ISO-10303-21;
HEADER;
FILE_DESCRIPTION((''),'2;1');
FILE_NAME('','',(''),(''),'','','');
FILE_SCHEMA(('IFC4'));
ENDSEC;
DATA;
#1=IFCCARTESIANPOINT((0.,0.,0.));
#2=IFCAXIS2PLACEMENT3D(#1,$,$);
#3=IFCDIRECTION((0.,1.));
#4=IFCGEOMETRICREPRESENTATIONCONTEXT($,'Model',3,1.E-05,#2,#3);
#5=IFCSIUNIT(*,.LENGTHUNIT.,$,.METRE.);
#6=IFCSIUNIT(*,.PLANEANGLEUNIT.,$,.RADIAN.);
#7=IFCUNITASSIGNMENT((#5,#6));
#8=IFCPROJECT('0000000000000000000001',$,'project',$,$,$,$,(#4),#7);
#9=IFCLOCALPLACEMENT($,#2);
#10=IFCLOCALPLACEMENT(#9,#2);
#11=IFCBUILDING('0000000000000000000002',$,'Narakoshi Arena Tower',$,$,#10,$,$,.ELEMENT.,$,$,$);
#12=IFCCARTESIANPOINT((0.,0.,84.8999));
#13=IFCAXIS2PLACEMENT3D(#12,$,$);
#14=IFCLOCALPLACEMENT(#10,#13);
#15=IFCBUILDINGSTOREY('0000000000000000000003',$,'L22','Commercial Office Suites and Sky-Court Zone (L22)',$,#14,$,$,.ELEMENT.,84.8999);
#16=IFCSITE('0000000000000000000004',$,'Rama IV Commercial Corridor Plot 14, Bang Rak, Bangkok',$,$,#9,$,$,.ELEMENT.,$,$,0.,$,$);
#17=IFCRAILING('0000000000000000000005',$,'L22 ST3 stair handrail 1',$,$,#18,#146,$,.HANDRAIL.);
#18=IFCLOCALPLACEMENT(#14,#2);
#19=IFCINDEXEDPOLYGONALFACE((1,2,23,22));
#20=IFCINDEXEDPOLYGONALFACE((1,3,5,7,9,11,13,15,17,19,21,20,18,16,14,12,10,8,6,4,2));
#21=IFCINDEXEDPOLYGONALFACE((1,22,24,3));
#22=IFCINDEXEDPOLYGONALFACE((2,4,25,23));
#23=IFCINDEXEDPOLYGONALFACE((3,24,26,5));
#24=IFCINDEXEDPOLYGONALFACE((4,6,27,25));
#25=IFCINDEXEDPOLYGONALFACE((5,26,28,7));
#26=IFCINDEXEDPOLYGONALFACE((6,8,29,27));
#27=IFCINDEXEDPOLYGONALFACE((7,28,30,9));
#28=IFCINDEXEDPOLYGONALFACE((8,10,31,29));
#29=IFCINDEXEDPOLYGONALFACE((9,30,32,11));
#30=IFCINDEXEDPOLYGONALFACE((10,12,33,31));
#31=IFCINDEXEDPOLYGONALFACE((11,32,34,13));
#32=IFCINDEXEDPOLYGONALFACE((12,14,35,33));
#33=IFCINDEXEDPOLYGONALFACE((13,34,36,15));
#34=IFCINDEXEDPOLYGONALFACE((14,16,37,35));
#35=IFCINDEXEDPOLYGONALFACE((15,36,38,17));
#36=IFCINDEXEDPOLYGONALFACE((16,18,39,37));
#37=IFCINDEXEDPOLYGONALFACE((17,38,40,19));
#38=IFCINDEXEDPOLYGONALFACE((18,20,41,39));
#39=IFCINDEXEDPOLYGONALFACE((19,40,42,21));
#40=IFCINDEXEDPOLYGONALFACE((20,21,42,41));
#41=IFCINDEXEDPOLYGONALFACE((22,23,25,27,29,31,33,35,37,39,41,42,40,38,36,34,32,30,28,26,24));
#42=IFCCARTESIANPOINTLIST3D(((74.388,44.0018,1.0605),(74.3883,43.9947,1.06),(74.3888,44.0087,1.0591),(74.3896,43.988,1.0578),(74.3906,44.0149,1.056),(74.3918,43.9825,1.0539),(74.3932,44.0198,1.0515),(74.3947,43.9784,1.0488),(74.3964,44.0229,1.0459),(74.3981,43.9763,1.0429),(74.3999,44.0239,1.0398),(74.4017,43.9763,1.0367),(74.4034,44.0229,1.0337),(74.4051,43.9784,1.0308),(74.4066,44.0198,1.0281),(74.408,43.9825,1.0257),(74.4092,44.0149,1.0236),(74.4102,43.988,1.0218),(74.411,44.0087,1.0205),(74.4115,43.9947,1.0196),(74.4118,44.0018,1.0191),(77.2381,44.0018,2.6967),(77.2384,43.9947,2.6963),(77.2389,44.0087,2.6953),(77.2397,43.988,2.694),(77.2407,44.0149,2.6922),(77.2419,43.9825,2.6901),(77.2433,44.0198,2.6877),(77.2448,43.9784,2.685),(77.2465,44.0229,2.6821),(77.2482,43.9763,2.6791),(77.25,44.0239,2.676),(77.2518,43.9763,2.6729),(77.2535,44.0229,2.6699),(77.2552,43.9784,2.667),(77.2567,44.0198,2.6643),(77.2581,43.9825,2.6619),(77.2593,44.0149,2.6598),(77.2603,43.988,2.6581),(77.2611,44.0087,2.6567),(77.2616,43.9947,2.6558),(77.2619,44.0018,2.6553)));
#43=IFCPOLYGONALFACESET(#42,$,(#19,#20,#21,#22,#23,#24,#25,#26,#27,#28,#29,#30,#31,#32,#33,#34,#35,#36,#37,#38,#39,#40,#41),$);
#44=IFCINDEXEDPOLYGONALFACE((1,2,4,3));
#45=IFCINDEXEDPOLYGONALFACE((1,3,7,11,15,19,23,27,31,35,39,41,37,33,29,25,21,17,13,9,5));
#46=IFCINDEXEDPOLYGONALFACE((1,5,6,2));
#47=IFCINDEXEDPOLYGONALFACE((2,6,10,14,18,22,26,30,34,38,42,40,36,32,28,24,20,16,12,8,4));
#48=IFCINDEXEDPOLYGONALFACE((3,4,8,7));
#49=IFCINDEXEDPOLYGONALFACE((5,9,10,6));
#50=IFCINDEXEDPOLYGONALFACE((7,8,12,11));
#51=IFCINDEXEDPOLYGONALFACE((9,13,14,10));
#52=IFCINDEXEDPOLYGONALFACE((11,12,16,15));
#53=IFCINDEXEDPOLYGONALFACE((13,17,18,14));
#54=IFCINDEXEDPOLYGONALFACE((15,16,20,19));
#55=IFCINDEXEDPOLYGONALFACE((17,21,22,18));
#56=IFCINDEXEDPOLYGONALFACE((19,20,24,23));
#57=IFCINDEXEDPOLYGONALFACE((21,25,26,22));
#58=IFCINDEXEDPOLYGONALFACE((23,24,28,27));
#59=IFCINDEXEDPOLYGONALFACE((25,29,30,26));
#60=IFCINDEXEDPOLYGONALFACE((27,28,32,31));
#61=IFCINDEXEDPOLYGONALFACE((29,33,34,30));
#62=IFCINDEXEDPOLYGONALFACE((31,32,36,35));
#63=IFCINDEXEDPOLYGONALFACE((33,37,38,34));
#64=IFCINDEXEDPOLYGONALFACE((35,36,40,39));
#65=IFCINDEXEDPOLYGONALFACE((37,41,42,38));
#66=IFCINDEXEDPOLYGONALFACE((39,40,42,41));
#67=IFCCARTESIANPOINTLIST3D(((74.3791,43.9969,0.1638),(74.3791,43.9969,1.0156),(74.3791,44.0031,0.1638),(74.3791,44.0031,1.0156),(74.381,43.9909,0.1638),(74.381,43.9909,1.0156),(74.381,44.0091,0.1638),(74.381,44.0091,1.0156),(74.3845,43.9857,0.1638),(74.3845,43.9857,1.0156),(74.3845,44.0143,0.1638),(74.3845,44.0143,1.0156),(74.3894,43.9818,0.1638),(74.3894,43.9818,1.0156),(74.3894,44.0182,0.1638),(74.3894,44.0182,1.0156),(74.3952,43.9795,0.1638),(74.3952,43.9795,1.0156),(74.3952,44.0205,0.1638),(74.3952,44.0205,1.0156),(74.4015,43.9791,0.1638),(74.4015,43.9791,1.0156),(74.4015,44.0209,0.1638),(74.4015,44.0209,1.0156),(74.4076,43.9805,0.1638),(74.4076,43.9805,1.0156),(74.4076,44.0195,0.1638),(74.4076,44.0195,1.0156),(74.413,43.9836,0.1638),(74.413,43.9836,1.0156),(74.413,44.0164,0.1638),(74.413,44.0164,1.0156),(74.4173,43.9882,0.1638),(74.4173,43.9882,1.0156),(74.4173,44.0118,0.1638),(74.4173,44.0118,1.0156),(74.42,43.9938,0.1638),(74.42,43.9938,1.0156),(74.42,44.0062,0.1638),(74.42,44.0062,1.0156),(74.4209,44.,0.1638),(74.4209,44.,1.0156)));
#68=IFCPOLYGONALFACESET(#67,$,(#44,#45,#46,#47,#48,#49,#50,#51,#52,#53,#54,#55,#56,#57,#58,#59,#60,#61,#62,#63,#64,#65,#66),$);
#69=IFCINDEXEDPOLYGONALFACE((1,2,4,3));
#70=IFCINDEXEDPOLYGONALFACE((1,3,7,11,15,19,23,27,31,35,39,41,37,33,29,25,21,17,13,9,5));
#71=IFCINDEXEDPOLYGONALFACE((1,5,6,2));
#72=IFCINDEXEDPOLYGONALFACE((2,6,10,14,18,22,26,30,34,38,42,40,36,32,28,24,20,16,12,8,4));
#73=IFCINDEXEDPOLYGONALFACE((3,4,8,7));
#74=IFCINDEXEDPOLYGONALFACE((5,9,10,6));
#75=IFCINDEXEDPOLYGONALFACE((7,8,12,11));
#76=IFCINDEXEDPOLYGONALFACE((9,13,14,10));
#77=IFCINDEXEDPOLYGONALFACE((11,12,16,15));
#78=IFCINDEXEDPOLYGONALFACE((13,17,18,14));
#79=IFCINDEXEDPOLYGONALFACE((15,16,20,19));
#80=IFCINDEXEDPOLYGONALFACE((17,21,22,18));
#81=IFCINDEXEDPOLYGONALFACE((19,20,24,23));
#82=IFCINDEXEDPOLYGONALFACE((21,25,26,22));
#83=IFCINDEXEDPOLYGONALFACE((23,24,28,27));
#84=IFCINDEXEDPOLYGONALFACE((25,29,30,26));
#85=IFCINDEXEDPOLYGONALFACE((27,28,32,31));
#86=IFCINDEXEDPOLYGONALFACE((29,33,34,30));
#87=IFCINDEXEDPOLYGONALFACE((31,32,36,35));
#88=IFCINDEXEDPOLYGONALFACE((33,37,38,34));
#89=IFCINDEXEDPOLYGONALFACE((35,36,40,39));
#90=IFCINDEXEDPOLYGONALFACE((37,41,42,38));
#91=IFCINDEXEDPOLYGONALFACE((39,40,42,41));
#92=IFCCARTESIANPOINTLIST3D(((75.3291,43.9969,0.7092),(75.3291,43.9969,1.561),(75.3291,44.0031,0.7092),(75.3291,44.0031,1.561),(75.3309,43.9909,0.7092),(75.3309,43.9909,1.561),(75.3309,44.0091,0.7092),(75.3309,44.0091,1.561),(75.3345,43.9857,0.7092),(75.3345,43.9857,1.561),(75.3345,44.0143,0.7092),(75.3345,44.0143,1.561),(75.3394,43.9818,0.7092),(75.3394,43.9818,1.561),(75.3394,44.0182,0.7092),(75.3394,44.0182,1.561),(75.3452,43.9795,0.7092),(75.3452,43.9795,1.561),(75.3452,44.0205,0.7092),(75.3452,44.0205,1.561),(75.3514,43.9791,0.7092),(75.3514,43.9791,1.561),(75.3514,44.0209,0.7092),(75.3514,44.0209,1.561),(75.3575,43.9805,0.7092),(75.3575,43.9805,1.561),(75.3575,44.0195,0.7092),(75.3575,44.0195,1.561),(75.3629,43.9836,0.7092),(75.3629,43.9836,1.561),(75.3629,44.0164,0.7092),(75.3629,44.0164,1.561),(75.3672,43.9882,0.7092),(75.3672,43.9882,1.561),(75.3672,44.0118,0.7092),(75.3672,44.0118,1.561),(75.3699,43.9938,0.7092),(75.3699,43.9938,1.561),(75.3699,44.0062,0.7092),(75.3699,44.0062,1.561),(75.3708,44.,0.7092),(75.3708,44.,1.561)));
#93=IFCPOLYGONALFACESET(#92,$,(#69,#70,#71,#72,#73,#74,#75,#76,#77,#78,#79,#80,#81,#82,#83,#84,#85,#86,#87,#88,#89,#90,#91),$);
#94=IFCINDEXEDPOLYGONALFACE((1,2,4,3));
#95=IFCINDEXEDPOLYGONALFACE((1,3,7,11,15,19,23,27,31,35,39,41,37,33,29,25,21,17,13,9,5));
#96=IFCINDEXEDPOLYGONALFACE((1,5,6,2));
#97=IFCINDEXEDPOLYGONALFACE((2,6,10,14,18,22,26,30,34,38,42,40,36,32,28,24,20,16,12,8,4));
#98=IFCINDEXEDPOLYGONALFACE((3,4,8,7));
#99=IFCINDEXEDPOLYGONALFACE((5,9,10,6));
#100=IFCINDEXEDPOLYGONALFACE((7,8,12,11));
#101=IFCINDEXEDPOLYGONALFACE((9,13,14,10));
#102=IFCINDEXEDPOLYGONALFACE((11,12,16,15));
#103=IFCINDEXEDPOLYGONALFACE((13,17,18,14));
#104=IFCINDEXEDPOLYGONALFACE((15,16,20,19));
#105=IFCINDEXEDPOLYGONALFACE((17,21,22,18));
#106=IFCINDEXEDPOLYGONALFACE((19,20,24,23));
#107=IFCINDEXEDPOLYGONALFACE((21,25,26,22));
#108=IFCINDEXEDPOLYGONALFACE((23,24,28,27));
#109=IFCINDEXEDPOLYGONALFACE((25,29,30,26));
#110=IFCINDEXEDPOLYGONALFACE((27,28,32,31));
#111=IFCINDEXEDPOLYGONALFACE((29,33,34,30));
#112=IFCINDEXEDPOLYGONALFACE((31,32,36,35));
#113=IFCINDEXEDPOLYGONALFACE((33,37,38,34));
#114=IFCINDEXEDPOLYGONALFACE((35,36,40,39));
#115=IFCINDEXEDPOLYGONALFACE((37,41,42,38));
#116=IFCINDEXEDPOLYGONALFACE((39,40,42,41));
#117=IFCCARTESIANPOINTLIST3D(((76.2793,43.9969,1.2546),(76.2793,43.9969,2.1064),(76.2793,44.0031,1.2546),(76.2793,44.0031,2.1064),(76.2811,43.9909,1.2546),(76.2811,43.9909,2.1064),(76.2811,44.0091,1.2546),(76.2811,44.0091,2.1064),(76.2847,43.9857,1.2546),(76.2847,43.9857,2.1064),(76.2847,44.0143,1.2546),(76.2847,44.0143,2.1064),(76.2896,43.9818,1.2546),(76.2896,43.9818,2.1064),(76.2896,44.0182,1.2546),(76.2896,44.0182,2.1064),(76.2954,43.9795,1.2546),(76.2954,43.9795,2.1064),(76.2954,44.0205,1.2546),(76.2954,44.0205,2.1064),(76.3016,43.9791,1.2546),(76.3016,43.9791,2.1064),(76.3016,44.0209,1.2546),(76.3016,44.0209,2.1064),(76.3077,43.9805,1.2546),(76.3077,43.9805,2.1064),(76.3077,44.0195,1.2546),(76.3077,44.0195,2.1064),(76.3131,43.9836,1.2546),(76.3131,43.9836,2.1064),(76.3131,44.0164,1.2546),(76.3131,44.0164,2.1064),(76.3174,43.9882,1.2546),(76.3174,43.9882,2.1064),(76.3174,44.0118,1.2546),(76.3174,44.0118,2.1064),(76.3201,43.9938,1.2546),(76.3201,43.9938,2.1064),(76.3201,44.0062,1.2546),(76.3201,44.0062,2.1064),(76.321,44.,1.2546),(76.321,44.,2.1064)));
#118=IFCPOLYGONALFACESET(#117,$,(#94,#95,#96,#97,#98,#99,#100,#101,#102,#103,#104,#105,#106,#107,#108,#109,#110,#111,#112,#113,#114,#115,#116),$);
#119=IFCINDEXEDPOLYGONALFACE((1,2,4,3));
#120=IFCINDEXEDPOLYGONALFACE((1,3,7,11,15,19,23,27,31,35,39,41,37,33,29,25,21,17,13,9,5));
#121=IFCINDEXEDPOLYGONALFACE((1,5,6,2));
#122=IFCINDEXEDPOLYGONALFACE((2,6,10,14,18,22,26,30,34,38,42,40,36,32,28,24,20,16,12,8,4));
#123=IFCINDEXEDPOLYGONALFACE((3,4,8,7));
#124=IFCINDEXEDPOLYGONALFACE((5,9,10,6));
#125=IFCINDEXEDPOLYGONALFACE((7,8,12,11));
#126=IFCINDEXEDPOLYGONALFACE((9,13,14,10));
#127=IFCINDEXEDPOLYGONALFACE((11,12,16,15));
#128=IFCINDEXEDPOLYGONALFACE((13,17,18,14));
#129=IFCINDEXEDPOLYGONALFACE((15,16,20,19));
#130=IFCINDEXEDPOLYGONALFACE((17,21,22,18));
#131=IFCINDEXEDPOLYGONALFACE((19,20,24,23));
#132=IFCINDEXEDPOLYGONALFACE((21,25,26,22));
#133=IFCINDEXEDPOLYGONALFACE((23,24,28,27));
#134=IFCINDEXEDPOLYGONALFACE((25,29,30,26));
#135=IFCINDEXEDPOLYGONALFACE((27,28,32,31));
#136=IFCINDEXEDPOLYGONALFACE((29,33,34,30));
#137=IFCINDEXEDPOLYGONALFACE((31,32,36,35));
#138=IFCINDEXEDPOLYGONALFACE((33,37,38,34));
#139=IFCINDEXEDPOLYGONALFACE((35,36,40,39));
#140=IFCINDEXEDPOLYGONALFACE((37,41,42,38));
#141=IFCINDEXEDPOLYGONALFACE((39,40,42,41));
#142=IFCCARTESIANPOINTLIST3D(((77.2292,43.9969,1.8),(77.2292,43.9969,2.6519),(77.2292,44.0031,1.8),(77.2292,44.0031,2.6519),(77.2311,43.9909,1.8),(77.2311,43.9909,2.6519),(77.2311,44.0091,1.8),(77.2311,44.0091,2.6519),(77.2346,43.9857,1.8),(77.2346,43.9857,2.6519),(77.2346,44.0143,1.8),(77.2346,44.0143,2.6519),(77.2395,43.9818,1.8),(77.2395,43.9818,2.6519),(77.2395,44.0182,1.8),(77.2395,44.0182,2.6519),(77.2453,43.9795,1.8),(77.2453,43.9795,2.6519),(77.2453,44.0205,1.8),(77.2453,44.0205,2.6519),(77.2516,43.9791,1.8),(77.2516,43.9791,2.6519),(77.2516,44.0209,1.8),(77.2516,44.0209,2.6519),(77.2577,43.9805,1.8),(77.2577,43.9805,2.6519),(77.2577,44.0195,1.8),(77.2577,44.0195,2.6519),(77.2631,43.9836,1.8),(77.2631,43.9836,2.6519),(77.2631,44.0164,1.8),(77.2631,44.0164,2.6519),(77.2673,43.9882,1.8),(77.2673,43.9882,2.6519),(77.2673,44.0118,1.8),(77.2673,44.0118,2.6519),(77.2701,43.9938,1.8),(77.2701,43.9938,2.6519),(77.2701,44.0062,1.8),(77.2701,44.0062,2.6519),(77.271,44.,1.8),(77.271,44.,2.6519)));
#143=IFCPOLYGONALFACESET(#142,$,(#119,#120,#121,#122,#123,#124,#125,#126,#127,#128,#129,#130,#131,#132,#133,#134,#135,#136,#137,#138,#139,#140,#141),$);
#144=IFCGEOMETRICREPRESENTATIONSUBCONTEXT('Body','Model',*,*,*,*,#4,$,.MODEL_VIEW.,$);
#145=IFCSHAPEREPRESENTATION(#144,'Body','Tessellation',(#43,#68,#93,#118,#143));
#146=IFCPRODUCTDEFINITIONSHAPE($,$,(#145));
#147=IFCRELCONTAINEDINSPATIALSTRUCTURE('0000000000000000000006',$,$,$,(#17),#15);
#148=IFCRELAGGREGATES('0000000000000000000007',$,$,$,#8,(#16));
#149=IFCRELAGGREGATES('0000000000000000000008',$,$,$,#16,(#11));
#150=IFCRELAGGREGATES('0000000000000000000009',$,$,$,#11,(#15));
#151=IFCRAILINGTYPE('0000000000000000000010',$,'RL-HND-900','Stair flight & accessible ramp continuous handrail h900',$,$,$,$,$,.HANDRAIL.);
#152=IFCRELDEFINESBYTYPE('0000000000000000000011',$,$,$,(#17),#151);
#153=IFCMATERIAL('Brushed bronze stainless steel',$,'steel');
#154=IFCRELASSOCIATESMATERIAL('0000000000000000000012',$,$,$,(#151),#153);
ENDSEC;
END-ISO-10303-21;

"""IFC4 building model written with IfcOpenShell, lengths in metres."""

from ifc_helpers import new_model, si_unit, direction, frame, origin, origin_2d, place, context, subcontext, project, spatial, circle, extrude, material, type_object, element, save


model = new_model("IFC4")

# Units and contexts
model_context = context("Model", 3, precision=1e-05, world=origin(), true_north=direction((0.0, 1.0)))
body_context = subcontext(model_context, "Body", "Model", "MODEL_VIEW")
ifc_project = project(units=[si_unit("LENGTHUNIT", "METRE"), si_unit("PLANEANGLEUNIT", "RADIAN")], contexts=[model_context])

# Site, building, storey
site_placement = place(None, origin())
site = spatial("IfcSite", under=ifc_project, at=site_placement, Name="Rama IV Commercial Corridor Plot 14, Bang Rak, Bangkok", CompositionType="ELEMENT", RefElevation=0.0)
building_placement = place(site_placement, origin())
building = spatial("IfcBuilding", under=site, at=building_placement, Name="Narakoshi Arena Tower", CompositionType="ELEMENT")
storey_placement = place(building_placement, frame((0.0, 0.0, 84.8999)))
storey = spatial("IfcBuildingStorey", under=building, at=storey_placement, Name="L22", Description="Commercial Office Suites and Sky-Court Zone (L22)", CompositionType="ELEMENT", Elevation=84.8999)

# Railing
ifc_material_1 = material(Name="Brushed bronze stainless steel", Category="steel")
railing_type_1 = type_object("IfcRailingType", Name="RL-HND-900", Description="Stair flight & accessible ramp continuous handrail h900", PredefinedType="HANDRAIL", material=ifc_material_1)
railing_1_placement = place(storey_placement, frame((74.3999, 44.0, 0.1638)))
element("IfcRailing", 1, at=railing_1_placement, inside=storey, type_object=railing_type_1, Name="L22 ST3 stair handrail 1", PredefinedType="HANDRAIL", context=body_context, shape_type="SweptSolid", body=[
    extrude(circle(Radius=0.0239, at=origin_2d()), frame((0.0, 0.0, 0.876), z_axis=(0.867245, 0.0, 0.497882), x_axis=(0.0, 1.0, 0.0)), (0.0, 0.0, 1.0), 3.2864),
    extrude(circle(Radius=0.021, at=origin_2d()), origin(), (0.0, 0.0, 1.0), 0.8518),
    extrude(circle(Radius=0.021, at=origin_2d()), frame((0.95, 0.0, 0.5454)), (0.0, 0.0, 1.0), 0.8518),
    extrude(circle(Radius=0.021, at=origin_2d()), frame((1.9001, 0.0, 1.0908)), (0.0, 0.0, 1.0), 0.8518),
    extrude(circle(Radius=0.021, at=origin_2d()), frame((2.8501, 0.0, 1.6362)), (0.0, 0.0, 1.0), 0.8518),
])

save(model, "model.ifc")
